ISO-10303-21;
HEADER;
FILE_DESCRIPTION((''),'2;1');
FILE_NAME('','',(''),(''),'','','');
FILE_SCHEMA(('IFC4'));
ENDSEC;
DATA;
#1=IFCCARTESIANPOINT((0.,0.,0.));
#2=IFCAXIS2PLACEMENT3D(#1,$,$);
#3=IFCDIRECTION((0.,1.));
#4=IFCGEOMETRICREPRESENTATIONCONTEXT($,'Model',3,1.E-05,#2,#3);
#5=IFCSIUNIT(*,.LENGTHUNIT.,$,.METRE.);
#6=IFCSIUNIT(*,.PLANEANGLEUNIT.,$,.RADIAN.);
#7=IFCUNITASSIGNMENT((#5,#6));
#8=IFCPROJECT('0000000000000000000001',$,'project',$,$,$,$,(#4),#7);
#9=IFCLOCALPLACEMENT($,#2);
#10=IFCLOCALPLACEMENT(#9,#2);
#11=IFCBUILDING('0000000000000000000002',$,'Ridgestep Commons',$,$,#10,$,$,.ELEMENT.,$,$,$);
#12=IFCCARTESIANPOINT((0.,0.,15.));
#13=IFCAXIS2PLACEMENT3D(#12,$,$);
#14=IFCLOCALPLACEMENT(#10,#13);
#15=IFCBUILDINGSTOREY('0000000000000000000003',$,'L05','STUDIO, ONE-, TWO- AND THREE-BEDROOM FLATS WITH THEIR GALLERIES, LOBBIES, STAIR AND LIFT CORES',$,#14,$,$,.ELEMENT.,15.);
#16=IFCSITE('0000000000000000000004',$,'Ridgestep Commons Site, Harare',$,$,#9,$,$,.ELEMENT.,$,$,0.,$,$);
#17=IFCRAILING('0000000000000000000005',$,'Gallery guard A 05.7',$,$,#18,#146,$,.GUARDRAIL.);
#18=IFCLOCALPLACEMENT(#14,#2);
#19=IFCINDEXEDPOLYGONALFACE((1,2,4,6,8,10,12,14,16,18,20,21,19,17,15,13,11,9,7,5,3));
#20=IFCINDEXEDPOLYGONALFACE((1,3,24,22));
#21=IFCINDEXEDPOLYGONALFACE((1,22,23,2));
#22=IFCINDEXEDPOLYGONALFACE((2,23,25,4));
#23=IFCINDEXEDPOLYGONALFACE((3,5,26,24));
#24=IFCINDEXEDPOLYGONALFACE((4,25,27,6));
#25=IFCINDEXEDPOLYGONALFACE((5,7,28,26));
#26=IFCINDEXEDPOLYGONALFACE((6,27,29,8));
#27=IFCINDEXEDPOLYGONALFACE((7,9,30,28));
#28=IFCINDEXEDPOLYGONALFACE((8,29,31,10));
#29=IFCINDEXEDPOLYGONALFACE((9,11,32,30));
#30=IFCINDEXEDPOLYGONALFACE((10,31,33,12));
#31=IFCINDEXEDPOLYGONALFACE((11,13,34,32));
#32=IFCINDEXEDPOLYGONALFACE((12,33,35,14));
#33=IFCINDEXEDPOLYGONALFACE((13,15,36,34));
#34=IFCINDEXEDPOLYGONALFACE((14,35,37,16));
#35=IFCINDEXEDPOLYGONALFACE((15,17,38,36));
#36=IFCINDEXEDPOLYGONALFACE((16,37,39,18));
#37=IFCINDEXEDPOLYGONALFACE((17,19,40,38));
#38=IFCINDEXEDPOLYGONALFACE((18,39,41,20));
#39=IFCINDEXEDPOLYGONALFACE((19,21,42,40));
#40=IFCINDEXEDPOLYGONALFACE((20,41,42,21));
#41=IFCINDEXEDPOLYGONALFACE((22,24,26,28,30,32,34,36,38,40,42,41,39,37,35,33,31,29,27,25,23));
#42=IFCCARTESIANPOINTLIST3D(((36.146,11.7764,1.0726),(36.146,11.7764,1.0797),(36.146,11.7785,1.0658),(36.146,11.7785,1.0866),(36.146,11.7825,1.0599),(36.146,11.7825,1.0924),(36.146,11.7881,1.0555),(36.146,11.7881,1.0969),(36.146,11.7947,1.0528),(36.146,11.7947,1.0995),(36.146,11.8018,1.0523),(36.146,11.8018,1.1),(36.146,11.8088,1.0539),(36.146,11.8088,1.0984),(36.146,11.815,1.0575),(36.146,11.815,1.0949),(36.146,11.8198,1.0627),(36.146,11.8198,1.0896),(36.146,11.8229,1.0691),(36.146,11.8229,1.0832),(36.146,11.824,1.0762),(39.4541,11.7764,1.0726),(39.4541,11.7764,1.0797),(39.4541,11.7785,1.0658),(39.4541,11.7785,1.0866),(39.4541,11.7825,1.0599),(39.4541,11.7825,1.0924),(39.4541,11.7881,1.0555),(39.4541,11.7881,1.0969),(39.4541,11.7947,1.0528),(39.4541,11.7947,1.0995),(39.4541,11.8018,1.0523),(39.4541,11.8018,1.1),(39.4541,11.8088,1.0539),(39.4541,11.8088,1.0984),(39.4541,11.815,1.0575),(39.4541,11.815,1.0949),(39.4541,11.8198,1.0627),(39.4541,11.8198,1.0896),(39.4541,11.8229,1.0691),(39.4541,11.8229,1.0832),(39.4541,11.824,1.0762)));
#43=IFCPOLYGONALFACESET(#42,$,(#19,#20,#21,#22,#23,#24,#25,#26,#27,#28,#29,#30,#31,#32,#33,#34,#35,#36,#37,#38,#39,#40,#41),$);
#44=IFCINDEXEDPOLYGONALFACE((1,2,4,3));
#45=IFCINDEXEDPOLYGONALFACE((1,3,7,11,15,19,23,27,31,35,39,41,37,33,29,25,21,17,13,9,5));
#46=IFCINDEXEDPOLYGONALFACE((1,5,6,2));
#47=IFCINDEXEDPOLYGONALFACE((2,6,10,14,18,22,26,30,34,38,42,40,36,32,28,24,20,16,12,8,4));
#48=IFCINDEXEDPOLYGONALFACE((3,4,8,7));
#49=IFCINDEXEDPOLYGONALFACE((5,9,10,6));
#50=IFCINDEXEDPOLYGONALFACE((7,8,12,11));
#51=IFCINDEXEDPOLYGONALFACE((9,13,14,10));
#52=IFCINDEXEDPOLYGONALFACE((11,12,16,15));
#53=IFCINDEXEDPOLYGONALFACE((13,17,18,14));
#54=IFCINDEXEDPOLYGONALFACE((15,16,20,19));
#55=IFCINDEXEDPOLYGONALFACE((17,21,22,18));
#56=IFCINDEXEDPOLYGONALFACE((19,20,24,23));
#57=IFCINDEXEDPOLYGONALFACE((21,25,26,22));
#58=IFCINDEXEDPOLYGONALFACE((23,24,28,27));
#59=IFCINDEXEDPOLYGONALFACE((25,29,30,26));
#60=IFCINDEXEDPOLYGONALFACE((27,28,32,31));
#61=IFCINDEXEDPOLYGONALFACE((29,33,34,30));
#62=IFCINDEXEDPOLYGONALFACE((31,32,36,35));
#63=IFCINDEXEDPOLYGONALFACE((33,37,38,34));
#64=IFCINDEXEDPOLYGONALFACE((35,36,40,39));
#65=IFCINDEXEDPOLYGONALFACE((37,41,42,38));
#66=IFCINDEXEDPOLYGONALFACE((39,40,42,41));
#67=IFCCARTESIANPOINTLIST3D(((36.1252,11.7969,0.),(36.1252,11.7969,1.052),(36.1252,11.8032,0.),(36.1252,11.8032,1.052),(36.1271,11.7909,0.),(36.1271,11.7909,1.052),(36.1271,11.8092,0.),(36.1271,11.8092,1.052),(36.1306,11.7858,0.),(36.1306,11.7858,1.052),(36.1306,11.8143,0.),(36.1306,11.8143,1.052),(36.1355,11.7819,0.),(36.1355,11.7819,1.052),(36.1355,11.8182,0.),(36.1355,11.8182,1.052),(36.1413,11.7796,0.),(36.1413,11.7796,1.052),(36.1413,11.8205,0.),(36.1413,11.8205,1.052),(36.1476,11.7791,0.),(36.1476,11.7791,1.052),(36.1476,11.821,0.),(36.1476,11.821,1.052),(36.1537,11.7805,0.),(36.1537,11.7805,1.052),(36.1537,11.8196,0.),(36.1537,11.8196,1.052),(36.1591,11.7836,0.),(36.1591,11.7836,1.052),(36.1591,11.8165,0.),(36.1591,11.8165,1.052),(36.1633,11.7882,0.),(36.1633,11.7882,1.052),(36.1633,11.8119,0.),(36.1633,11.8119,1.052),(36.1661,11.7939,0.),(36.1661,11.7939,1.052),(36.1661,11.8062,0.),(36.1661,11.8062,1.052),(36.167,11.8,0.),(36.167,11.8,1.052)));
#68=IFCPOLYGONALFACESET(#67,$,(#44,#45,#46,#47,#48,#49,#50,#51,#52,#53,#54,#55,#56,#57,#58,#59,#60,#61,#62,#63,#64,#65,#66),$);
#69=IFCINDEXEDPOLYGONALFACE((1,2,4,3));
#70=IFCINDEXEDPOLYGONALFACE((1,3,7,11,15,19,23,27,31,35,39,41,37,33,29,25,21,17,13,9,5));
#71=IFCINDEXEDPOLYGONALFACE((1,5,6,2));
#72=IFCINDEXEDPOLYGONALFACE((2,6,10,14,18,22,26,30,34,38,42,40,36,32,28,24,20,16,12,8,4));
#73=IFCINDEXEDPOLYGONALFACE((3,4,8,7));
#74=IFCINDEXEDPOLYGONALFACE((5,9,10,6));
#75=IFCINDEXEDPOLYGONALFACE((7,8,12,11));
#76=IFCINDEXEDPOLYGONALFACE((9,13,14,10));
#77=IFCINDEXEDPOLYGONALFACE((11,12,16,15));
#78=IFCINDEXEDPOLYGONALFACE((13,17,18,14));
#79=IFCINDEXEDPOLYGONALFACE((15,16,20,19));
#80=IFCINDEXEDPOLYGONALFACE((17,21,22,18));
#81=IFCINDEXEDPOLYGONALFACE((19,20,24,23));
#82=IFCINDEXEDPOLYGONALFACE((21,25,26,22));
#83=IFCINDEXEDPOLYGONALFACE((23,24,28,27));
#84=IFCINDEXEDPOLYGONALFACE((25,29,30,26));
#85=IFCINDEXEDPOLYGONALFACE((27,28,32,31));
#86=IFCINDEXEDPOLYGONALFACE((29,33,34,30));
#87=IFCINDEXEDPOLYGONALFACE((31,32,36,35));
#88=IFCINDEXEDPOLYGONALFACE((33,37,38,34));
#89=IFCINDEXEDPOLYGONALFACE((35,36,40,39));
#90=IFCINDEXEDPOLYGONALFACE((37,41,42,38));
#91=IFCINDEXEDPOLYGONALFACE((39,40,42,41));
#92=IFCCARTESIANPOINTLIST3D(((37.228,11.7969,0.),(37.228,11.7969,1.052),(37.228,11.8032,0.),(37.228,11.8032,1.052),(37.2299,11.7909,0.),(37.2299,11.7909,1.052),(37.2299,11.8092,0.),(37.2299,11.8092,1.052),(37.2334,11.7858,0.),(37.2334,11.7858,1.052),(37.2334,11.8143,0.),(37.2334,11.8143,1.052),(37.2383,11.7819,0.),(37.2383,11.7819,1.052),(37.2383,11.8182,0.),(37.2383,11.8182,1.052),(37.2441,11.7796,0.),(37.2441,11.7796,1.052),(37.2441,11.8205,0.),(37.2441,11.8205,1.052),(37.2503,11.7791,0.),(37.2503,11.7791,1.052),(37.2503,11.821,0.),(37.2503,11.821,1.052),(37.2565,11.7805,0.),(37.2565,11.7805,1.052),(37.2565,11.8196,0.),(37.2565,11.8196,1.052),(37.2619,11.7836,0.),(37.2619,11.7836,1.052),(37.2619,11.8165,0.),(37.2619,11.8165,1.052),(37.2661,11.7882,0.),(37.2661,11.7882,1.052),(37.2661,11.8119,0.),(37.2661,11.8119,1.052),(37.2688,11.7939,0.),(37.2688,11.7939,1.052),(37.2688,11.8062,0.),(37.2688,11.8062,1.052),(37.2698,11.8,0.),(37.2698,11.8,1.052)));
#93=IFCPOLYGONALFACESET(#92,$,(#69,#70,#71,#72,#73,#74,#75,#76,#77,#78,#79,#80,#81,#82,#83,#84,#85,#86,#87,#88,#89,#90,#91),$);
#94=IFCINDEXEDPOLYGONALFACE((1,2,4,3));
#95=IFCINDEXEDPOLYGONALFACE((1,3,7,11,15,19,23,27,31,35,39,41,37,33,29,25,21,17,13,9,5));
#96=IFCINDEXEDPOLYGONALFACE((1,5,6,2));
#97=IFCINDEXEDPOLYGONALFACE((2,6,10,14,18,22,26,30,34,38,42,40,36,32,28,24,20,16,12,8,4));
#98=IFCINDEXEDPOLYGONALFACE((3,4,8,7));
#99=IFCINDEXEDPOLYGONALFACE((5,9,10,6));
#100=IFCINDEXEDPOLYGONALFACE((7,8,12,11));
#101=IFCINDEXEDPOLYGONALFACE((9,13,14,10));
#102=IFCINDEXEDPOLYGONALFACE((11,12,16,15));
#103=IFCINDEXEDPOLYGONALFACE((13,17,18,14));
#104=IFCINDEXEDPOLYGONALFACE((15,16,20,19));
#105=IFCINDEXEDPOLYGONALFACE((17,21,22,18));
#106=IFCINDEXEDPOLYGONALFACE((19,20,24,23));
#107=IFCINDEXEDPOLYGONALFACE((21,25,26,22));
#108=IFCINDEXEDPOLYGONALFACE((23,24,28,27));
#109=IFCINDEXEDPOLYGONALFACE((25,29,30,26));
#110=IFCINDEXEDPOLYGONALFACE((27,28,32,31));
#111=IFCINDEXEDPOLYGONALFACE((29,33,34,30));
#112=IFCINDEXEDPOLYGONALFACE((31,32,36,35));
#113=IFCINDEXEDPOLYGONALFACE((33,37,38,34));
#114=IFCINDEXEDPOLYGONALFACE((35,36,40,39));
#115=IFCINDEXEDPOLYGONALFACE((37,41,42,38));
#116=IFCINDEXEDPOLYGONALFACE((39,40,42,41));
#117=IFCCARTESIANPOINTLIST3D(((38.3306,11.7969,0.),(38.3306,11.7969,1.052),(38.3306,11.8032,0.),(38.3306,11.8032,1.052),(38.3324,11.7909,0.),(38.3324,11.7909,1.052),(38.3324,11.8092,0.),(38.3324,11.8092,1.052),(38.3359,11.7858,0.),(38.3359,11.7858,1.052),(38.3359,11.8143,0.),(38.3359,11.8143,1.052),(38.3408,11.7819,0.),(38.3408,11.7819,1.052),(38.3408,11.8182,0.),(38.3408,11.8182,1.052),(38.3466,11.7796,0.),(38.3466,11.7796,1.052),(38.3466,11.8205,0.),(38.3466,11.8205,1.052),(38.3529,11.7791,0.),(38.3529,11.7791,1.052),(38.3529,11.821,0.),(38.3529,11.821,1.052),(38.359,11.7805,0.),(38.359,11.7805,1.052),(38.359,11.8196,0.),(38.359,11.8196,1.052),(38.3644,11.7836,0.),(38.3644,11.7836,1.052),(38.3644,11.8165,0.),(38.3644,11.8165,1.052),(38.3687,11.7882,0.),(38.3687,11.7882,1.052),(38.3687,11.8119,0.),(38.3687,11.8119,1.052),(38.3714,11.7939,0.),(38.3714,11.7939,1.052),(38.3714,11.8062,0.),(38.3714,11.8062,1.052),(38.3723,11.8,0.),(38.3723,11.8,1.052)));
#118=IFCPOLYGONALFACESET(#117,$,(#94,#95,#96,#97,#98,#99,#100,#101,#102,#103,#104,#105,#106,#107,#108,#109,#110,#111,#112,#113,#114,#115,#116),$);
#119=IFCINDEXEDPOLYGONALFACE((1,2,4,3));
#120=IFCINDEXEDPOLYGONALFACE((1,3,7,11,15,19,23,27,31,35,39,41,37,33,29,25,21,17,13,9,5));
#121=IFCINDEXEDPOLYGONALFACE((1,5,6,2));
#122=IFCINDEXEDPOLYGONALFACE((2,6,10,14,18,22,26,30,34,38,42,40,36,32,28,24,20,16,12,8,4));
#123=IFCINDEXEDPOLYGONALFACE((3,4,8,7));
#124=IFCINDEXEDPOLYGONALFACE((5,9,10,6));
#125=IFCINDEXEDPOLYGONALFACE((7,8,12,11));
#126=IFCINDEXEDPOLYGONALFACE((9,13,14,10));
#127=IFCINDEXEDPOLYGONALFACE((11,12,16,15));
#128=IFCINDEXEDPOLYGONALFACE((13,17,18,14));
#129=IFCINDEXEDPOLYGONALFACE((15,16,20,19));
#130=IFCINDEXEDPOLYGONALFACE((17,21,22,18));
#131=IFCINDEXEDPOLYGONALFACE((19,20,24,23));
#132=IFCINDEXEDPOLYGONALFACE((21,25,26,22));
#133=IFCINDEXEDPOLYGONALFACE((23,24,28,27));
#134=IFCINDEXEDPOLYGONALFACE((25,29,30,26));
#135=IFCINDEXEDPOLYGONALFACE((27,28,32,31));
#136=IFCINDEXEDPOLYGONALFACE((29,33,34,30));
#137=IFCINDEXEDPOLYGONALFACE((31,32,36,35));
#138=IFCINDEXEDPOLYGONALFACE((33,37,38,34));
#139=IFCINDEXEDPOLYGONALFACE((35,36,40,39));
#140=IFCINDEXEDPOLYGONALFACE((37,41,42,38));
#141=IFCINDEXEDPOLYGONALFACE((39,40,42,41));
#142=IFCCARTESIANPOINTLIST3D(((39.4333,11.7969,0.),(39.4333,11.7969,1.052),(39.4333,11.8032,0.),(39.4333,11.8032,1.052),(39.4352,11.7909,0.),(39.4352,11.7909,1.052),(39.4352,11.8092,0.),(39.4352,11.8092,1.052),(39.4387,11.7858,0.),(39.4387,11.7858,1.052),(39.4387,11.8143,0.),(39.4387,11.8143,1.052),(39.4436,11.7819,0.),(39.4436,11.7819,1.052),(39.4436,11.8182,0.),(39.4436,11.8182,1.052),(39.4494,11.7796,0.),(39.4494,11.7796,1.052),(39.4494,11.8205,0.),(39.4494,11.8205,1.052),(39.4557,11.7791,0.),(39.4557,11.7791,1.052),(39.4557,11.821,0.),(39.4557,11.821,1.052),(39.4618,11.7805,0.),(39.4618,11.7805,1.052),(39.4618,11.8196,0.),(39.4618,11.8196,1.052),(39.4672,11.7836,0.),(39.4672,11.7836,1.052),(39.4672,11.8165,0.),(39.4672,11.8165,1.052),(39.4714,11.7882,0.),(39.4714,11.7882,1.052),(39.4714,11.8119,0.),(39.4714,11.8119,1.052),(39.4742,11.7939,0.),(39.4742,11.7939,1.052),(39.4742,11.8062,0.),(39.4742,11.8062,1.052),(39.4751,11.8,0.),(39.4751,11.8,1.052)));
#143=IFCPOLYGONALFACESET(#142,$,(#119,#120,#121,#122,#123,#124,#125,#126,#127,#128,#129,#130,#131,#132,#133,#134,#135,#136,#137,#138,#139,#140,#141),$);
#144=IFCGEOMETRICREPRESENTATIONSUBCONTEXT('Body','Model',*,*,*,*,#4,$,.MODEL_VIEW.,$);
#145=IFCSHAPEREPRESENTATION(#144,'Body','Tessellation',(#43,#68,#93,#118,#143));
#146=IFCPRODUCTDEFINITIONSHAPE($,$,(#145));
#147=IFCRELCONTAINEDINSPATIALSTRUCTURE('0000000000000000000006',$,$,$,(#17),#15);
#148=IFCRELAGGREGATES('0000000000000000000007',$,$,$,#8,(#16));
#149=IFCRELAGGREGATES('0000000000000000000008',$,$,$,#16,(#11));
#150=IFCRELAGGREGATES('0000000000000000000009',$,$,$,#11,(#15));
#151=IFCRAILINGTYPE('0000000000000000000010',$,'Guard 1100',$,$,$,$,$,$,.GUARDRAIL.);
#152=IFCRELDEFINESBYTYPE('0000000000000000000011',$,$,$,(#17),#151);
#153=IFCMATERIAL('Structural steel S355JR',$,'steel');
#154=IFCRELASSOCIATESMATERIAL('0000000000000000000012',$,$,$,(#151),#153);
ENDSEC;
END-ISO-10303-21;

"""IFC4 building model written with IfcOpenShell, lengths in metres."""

from ifc_helpers import new_model, si_unit, direction, frame, origin, origin_2d, place, context, subcontext, project, spatial, circle, extrude, material, type_object, element, save


model = new_model("IFC4")

# Units and contexts
model_context = context("Model", 3, precision=1e-05, world=origin(), true_north=direction((0.0, 1.0)))
body_context = subcontext(model_context, "Body", "Model", "MODEL_VIEW")
ifc_project = project(units=[si_unit("LENGTHUNIT", "METRE"), si_unit("PLANEANGLEUNIT", "RADIAN")], contexts=[model_context])

# Site, building, storey
site_placement = place(None, origin())
site = spatial("IfcSite", under=ifc_project, at=site_placement, Name="Ridgestep Commons Site, Harare", CompositionType="ELEMENT", RefElevation=0.0)
building_placement = place(site_placement, origin())
building = spatial("IfcBuilding", under=site, at=building_placement, Name="Ridgestep Commons", CompositionType="ELEMENT")
storey_placement = place(building_placement, frame((0.0, 0.0, 15.0)))
storey = spatial("IfcBuildingStorey", under=building, at=storey_placement, Name="L05", Description="STUDIO, ONE-, TWO- AND THREE-BEDROOM FLATS WITH THEIR GALLERIES, LOBBIES, STAIR AND LIFT CORES", CompositionType="ELEMENT", Elevation=15.0)

# Railing
ifc_material_1 = material(Name="Structural steel S355JR", Category="steel")
railing_type = type_object("IfcRailingType", Name="Guard 1100", PredefinedType="GUARDRAIL", material=ifc_material_1)
for number, where, name in (
    (1, (36.146, 11.8, 0.0), "Gallery guard A 05.7"),
):
    element("IfcRailing", number, at=place(storey_placement, frame(where)), inside=storey, type_object=railing_type, Name=name, PredefinedType="GUARDRAIL", context=body_context, shape_type="SweptSolid", body=[
        extrude(circle(Radius=0.0239, at=origin_2d()), frame((0.0, 0.0, 1.0762), z_axis=(1.0, 0.0, 0.0), x_axis=(0.0, 1.0, 0.0)), (0.0, 0.0, 1.0), 3.3081),
        extrude(circle(Radius=0.021, at=origin_2d()), origin(), (0.0, 0.0, 1.0), 1.052),
        extrude(circle(Radius=0.021, at=origin_2d()), frame((1.1028, 0.0, 0.0)), (0.0, 0.0, 1.0), 1.052),
        extrude(circle(Radius=0.021, at=origin_2d()), frame((2.2053, 0.0, 0.0)), (0.0, 0.0, 1.0), 1.052),
        extrude(circle(Radius=0.021, at=origin_2d()), frame((3.3081, 0.0, 0.0)), (0.0, 0.0, 1.0), 1.052),
    ])

save(model, "model.ifc")
